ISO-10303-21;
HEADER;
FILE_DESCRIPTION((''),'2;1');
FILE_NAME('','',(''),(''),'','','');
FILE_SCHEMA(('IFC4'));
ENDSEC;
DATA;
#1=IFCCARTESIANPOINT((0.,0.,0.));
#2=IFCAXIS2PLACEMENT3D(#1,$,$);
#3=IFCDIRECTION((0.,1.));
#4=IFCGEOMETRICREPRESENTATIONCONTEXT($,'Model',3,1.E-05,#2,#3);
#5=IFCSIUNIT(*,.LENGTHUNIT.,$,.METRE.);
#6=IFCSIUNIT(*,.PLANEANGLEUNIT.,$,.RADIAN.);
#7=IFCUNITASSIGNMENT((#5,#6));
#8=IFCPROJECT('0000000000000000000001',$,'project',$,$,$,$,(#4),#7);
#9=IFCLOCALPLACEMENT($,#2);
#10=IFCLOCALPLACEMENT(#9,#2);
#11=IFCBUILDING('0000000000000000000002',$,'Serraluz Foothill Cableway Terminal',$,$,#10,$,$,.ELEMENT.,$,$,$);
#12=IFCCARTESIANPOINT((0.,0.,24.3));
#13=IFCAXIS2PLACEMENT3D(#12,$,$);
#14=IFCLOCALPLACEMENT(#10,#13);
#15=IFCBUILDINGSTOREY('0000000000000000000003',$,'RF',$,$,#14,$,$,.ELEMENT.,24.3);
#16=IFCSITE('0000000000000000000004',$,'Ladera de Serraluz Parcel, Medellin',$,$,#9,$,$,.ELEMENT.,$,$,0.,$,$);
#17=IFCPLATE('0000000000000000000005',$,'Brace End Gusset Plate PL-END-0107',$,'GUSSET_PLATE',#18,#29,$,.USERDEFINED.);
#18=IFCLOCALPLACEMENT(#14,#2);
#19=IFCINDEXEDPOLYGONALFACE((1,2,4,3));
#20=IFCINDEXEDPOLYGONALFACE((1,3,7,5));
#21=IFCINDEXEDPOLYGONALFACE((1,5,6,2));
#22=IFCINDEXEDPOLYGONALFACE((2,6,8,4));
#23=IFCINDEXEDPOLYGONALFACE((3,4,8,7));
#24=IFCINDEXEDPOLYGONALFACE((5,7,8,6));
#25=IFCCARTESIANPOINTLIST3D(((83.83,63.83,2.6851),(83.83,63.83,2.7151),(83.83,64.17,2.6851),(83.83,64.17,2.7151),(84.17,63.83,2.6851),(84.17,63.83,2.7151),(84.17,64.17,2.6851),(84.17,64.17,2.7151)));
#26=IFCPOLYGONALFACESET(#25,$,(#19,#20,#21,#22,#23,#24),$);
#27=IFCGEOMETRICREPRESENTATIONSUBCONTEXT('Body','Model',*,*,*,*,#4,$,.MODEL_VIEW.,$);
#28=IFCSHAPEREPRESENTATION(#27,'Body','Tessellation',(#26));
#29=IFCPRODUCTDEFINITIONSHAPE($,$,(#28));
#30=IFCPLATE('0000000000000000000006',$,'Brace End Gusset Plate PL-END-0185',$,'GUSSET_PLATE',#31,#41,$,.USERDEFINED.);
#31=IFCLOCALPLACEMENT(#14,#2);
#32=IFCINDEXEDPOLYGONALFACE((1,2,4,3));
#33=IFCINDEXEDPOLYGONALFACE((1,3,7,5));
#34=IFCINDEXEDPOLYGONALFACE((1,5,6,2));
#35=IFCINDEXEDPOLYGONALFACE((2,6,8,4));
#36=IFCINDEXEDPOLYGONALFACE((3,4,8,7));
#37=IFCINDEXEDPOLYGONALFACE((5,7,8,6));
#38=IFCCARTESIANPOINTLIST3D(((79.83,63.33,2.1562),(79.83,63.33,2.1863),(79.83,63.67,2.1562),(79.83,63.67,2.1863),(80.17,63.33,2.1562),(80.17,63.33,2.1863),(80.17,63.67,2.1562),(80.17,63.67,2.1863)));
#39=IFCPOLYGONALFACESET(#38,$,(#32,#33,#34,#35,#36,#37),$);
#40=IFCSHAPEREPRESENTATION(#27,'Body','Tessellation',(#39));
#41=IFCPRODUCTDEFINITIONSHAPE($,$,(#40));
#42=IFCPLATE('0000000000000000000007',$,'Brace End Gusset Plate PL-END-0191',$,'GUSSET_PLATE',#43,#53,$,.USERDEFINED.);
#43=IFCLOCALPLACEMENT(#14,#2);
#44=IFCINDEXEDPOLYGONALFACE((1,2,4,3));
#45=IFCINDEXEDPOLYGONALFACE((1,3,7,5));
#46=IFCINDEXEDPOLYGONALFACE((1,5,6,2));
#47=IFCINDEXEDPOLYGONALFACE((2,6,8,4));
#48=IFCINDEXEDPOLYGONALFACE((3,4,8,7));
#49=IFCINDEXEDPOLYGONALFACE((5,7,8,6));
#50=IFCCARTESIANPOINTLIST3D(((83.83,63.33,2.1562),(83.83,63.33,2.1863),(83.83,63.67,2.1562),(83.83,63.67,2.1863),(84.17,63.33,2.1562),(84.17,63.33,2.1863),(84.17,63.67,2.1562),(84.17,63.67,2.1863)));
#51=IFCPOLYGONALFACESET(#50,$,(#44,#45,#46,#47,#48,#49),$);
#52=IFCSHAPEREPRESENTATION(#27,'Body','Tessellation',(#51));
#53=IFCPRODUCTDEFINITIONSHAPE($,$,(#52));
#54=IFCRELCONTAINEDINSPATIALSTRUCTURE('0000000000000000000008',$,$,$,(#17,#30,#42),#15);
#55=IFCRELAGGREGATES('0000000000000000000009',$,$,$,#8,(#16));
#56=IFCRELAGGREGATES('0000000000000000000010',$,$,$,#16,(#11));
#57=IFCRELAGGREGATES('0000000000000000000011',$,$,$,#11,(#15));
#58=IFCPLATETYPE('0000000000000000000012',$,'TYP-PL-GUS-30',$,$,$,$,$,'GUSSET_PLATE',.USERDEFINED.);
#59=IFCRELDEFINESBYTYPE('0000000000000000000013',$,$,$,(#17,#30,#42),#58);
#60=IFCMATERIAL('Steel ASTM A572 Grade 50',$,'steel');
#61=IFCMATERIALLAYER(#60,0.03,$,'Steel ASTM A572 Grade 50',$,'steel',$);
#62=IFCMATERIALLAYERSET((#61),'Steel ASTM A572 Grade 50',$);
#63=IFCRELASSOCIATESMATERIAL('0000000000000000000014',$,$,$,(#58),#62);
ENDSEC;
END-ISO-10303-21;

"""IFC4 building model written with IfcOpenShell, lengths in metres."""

from ifc_helpers import new_model, si_unit, direction, frame, origin, origin_2d, place, context, subcontext, project, spatial, rectangle, extrude, material, layer, layer_set, type_object, element, save


model = new_model("IFC4")

# Units and contexts
model_context = context("Model", 3, precision=1e-05, world=origin(), true_north=direction((0.0, 1.0)))
body_context = subcontext(model_context, "Body", "Model", "MODEL_VIEW")
ifc_project = project(units=[si_unit("LENGTHUNIT", "METRE"), si_unit("PLANEANGLEUNIT", "RADIAN")], contexts=[model_context])

# Site, building, storey
site_placement = place(None, origin())
site = spatial("IfcSite", under=ifc_project, at=site_placement, Name="Ladera de Serraluz Parcel, Medellin", CompositionType="ELEMENT", RefElevation=0.0)
building_placement = place(site_placement, origin())
building = spatial("IfcBuilding", under=site, at=building_placement, Name="Serraluz Foothill Cableway Terminal", CompositionType="ELEMENT")
storey_placement = place(building_placement, frame((0.0, 0.0, 24.3)))
storey = spatial("IfcBuildingStorey", under=building, at=storey_placement, Name="RF", CompositionType="ELEMENT", Elevation=24.3)

# Shared definitions
ifc_material_1 = material(Name="Steel ASTM A572 Grade 50", Category="steel")

# Plates
ifc_layer_1 = layer(ifc_material_1, 0.03, Name="Steel ASTM A572 Grade 50", Category="steel")
ifc_layer_set_1 = layer_set([ifc_layer_1], Name="Steel ASTM A572 Grade 50")
plate_type_1 = type_object("IfcPlateType", Name="TYP-PL-GUS-30", ElementType="GUSSET_PLATE", PredefinedType="USERDEFINED", material=ifc_layer_set_1)
for number, where, z_axis, x_axis, name in (
    (1, (84.0, 64.0, 2.6851), (0.0, 0.0, 1.0), (1.0, 0.0, 0.0), "Brace End Gusset Plate PL-END-0107"),
    (2, (80.0, 63.5, 2.1562), (0.0, 0.0, 1.0), (1.0, 0.0, 0.0), "Brace End Gusset Plate PL-END-0185"),
    (3, (84.0, 63.5, 2.1562), (0.0, 0.0, 1.0), (1.0, 0.0, 0.0), "Brace End Gusset Plate PL-END-0191"),
):
    element("IfcPlate", number, at=place(storey_placement, frame(where, z_axis=z_axis, x_axis=x_axis)), inside=storey, type_object=plate_type_1, Name=name, ObjectType="GUSSET_PLATE", PredefinedType="USERDEFINED", context=body_context, shape_type="SweptSolid", body=[
        extrude(rectangle(XDim=0.3401, YDim=0.3401, at=origin_2d()), origin(), (0.0, 0.0, 1.0), 0.03),
    ])

save(model, "model.ifc")
